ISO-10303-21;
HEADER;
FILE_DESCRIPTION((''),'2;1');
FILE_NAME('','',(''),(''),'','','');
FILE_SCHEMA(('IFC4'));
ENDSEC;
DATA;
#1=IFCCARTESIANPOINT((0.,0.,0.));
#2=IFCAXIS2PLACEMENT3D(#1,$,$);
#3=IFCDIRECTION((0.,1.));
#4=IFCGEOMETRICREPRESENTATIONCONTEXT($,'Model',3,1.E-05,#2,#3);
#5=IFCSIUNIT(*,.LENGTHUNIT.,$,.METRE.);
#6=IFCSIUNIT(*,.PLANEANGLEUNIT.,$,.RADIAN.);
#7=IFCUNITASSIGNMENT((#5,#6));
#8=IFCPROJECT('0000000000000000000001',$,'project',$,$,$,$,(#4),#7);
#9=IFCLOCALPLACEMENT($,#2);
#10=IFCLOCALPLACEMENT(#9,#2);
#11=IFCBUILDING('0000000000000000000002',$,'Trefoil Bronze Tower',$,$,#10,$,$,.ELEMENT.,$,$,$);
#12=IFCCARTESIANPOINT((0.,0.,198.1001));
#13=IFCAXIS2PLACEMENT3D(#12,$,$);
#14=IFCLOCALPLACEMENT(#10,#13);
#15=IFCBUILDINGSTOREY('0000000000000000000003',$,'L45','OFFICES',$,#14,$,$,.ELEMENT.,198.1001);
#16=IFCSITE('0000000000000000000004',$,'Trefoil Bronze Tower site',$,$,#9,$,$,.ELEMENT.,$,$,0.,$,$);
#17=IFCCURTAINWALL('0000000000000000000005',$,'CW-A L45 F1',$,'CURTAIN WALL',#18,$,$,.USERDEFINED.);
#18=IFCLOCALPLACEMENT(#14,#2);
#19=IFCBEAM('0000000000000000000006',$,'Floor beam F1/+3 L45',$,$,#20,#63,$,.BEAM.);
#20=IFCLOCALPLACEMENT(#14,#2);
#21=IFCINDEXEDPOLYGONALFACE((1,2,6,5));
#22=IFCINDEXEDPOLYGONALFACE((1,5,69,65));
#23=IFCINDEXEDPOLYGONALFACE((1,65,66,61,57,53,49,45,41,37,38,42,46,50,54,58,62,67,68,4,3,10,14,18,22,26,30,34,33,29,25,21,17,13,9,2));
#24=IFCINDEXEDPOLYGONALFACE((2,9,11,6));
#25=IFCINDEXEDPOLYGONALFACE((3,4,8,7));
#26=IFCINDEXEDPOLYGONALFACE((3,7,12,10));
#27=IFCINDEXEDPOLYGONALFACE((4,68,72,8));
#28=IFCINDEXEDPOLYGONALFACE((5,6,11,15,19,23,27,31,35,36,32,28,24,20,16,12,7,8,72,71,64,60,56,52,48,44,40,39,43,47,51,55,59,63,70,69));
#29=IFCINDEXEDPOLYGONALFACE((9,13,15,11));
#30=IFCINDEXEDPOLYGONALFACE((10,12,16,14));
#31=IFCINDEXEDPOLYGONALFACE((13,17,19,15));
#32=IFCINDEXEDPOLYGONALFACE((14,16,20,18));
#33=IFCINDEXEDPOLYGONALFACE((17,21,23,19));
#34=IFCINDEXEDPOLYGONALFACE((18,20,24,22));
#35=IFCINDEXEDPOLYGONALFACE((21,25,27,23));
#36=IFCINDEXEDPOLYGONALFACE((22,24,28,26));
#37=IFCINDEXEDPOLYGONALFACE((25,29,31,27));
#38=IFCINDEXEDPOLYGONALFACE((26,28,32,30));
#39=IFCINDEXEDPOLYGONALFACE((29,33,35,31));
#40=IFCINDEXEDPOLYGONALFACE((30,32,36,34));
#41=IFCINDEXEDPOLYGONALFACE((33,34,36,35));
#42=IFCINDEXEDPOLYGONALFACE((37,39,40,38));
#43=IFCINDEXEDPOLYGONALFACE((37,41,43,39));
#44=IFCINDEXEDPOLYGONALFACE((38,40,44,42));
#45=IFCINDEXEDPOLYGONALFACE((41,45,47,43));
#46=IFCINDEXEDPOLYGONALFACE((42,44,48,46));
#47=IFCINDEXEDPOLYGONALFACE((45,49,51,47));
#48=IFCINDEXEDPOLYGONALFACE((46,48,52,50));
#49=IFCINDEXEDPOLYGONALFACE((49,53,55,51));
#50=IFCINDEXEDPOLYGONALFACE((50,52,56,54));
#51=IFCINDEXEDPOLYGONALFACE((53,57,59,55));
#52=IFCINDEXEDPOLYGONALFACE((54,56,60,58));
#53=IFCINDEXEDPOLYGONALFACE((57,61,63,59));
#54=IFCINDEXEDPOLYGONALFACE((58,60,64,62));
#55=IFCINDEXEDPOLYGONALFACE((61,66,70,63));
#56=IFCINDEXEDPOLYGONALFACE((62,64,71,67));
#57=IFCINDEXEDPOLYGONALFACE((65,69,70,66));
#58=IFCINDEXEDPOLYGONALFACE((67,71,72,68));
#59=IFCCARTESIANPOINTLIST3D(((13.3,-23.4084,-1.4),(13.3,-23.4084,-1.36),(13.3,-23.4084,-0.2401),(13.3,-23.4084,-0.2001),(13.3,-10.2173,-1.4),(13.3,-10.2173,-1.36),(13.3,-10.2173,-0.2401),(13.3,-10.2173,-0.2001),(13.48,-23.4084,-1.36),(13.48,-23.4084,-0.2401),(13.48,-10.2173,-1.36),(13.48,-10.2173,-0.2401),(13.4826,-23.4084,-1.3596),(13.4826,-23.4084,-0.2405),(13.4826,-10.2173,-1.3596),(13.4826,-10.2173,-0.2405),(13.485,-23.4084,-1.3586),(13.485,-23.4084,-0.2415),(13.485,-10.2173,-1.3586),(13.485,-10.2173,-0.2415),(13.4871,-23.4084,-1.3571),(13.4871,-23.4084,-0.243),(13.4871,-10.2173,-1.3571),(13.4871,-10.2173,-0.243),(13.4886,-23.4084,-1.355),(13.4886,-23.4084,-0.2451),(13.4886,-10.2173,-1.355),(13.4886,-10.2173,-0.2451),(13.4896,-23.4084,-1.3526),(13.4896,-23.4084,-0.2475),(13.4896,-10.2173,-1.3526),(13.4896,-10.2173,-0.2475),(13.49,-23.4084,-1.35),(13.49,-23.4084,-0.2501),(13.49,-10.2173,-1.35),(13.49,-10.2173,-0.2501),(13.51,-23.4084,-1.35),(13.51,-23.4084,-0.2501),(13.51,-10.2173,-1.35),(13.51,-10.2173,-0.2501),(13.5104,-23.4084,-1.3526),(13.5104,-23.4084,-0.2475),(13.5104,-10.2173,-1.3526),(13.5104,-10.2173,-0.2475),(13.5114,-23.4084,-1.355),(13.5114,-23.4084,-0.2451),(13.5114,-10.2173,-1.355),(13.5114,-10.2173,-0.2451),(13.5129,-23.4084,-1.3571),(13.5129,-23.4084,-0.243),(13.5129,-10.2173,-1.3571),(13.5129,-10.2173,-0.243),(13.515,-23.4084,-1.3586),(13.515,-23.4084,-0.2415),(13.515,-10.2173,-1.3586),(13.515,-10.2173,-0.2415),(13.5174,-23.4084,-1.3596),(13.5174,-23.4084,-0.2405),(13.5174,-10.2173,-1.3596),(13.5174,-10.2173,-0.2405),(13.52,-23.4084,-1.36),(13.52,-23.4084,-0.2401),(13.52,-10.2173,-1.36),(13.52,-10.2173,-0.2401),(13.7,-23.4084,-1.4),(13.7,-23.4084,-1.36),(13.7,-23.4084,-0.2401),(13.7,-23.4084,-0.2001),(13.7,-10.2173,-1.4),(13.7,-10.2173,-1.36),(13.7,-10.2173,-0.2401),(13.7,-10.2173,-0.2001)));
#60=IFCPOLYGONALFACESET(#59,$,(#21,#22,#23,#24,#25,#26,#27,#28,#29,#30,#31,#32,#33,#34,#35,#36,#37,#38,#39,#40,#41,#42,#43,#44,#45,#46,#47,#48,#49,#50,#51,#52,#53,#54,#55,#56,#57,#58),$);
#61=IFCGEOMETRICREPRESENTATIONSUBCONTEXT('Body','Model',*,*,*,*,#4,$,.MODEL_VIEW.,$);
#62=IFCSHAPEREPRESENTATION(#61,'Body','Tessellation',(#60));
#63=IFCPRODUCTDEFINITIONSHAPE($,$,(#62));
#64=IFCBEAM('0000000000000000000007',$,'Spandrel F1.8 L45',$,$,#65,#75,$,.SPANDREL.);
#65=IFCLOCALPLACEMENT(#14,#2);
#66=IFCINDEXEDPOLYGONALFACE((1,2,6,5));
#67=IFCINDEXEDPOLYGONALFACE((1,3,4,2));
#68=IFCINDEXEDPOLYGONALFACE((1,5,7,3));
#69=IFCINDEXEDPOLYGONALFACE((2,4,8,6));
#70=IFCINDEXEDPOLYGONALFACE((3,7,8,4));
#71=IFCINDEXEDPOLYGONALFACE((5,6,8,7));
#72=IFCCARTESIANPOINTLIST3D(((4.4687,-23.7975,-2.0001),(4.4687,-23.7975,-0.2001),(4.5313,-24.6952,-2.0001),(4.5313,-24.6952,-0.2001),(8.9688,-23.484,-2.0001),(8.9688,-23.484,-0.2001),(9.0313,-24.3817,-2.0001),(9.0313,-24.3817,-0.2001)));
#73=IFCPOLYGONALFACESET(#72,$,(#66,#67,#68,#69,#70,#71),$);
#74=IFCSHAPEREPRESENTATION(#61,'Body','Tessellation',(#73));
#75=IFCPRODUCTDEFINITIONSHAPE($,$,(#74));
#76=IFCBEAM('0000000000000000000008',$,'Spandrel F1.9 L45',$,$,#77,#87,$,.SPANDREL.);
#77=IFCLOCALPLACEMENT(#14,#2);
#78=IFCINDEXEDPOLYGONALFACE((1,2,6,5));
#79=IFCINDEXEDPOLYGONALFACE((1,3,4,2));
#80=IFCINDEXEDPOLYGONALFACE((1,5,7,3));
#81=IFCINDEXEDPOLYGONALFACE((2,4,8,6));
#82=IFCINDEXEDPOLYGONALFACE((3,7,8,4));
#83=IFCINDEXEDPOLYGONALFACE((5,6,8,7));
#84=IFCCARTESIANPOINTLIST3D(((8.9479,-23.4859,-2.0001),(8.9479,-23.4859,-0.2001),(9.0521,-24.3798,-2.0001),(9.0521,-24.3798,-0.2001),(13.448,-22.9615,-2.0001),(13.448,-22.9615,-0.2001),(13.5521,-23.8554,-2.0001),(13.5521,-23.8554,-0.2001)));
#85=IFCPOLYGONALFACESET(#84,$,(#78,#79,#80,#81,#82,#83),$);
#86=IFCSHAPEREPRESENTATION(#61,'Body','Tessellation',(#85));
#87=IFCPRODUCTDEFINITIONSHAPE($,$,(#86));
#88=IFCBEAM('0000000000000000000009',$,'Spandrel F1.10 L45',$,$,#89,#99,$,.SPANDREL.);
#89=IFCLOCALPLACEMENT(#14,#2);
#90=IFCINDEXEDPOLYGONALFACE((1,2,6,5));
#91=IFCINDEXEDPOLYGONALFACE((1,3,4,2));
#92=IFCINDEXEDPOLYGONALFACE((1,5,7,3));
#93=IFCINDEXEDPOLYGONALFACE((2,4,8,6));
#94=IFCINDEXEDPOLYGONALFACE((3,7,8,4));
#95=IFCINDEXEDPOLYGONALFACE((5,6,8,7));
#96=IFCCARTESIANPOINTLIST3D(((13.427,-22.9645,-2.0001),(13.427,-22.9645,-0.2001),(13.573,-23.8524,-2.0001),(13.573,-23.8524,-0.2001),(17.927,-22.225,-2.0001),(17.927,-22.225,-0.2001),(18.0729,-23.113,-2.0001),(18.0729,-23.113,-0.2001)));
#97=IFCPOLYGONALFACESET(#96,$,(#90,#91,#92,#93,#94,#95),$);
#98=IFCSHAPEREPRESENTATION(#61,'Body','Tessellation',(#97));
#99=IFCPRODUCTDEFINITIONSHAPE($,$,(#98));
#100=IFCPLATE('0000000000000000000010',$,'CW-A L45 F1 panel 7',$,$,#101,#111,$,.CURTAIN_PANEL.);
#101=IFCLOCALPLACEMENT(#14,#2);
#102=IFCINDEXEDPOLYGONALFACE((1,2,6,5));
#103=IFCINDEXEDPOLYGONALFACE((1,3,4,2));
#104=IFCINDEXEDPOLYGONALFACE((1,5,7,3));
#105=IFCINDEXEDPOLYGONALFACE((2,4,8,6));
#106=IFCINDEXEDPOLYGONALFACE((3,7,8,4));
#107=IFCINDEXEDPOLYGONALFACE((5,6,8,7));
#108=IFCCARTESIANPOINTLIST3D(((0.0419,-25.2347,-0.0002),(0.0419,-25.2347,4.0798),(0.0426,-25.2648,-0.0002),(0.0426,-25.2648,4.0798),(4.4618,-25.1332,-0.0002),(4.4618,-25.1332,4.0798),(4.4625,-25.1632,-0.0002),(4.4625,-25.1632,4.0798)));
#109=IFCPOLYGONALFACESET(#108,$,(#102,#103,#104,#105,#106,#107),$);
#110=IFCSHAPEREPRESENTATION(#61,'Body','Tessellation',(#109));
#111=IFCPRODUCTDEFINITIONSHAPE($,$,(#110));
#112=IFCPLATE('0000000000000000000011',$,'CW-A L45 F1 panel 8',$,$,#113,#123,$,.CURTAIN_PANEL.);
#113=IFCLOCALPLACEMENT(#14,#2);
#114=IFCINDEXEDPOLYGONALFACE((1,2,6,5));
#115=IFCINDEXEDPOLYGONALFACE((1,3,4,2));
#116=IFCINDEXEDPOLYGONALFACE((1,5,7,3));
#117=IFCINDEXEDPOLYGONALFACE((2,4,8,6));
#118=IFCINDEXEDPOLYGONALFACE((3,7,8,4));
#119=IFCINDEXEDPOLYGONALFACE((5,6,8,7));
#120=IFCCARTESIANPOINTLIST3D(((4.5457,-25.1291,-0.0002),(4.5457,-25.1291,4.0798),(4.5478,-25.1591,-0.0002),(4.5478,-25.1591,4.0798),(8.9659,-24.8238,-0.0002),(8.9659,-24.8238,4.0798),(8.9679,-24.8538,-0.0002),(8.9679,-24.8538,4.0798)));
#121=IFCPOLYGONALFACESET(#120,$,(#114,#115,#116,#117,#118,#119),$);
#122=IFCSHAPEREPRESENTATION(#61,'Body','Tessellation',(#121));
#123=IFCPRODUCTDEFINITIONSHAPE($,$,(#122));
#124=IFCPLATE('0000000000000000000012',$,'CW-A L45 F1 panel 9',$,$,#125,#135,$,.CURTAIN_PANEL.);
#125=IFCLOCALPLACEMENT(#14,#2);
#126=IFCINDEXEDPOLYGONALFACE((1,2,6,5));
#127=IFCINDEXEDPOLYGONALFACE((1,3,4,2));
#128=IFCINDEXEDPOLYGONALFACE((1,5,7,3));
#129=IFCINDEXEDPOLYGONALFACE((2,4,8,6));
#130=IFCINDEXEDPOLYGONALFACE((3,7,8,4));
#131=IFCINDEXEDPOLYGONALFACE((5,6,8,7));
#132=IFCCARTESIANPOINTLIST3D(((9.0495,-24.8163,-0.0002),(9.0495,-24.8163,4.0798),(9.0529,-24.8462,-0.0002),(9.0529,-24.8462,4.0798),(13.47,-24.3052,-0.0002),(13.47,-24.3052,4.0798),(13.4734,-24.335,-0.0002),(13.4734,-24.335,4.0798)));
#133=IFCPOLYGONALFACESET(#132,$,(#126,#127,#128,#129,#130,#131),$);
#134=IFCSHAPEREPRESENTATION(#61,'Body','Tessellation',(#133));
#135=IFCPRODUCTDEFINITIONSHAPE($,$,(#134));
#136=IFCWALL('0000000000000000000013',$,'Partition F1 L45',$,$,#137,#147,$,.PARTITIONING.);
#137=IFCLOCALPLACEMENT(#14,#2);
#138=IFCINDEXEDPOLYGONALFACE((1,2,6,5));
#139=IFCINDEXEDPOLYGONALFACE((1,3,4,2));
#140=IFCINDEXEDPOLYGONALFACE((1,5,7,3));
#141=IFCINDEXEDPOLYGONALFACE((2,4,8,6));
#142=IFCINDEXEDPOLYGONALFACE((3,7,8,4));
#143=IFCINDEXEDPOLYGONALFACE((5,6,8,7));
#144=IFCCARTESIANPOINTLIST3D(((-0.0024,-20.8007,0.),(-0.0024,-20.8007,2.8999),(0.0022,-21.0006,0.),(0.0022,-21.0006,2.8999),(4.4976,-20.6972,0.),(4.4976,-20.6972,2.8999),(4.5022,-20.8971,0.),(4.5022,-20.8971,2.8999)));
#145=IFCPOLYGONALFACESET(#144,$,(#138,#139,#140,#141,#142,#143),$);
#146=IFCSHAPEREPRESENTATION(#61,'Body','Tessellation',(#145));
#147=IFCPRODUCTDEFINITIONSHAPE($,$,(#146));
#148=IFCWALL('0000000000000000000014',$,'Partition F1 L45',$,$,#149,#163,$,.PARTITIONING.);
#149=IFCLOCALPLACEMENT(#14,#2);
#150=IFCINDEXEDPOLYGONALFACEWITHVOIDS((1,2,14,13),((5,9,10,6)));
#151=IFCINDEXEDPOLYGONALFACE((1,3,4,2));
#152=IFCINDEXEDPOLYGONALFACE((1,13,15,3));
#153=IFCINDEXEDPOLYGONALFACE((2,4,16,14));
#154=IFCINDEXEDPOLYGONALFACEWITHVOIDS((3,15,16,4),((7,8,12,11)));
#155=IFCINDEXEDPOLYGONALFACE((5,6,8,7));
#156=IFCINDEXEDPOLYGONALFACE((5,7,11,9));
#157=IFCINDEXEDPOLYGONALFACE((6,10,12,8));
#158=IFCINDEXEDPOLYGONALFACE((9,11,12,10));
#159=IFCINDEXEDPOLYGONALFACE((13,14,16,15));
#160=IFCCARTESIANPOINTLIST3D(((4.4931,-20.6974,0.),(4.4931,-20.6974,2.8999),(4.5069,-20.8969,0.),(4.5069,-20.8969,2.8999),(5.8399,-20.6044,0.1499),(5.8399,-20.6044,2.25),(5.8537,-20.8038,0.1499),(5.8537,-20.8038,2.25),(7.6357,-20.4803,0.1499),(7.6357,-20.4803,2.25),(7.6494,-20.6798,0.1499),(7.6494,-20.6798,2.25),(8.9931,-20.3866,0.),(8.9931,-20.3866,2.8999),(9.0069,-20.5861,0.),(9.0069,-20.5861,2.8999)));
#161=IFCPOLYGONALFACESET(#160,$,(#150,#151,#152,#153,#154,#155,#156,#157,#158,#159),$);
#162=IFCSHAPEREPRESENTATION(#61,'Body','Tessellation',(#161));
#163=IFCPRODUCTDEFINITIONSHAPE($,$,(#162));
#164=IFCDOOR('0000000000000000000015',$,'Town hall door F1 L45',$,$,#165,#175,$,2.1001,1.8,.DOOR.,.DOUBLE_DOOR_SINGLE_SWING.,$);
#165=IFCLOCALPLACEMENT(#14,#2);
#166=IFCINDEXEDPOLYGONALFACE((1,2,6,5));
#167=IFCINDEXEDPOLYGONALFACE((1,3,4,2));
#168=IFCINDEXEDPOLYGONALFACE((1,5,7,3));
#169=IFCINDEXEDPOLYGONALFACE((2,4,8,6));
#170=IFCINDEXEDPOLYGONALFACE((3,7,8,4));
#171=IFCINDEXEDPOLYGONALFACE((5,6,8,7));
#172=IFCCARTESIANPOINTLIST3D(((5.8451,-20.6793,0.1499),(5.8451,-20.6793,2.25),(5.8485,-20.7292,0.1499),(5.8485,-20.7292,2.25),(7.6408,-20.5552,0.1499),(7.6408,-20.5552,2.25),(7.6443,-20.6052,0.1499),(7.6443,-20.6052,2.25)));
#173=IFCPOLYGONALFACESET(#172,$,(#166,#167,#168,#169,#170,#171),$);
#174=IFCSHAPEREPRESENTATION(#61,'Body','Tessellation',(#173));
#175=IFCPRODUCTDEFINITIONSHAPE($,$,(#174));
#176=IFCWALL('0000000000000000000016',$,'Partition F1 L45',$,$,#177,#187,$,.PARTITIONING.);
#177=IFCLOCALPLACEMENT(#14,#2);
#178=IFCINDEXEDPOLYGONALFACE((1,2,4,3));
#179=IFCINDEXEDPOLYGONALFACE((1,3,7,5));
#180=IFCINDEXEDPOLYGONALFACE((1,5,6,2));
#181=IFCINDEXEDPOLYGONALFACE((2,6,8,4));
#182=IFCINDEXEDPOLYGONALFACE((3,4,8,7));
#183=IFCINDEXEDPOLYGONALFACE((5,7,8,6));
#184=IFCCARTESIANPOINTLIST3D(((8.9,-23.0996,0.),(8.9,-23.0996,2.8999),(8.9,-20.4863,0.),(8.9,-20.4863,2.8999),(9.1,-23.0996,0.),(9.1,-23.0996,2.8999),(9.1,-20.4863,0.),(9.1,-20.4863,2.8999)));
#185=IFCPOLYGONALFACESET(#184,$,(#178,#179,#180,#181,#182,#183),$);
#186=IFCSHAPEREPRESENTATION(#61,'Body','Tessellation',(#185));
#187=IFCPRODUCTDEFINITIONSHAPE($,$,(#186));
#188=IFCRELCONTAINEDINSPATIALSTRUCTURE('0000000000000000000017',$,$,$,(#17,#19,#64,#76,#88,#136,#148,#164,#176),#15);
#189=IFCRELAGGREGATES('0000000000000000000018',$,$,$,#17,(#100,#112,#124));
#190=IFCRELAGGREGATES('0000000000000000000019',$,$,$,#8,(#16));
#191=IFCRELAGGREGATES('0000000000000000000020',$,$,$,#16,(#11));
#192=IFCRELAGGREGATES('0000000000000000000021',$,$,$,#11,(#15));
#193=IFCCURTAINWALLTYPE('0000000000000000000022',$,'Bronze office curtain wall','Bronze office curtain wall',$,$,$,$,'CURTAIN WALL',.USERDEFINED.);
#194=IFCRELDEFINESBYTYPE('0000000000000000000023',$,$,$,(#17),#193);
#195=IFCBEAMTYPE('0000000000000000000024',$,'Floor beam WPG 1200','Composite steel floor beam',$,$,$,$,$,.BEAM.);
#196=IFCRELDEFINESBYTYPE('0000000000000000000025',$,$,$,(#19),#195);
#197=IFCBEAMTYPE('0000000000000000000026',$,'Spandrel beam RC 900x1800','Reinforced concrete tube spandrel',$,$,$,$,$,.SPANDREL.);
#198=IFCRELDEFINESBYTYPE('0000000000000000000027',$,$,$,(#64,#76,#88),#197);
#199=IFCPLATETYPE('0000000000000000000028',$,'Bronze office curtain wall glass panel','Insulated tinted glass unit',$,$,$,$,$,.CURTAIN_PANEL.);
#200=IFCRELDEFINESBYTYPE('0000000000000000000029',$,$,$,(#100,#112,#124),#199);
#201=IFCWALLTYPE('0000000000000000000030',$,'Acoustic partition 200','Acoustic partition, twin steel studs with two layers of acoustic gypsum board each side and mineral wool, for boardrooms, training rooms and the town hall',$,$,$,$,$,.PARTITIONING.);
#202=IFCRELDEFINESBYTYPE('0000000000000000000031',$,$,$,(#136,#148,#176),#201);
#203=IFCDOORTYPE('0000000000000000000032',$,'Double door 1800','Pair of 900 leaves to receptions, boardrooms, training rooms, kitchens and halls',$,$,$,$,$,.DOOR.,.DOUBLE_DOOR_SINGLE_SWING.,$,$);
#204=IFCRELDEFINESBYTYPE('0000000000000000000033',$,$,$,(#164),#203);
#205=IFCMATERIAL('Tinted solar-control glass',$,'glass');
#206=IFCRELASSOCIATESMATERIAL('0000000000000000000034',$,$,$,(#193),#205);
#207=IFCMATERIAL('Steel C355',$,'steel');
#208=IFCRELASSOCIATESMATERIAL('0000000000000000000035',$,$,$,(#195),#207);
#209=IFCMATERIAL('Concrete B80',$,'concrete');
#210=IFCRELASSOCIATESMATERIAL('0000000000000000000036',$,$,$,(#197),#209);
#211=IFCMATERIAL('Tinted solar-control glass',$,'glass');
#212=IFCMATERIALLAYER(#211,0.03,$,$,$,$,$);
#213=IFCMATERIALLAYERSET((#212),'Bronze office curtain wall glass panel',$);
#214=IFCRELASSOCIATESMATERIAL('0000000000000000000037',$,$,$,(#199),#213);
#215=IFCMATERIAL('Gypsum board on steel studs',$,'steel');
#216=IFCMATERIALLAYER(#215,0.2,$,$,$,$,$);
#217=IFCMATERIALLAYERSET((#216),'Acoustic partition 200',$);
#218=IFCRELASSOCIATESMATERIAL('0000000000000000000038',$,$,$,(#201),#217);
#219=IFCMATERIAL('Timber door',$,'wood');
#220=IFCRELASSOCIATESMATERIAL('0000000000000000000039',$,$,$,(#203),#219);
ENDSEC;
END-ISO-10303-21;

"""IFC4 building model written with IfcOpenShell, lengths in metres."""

from ifc_helpers import new_model, si_unit, direction, frame, frame_2d, origin, origin_2d, place, context, subcontext, project, spatial, rectangle, i_section, extrude, material, layer, layer_set, material_profile, profile_set, type_object, element, fill, aggregate, save


model = new_model("IFC4")

# Units and contexts
model_context = context("Model", 3, precision=1e-05, world=origin(), true_north=direction((0.0, 1.0)))
body_context = subcontext(model_context, "Body", "Model", "MODEL_VIEW")
ifc_project = project(units=[si_unit("LENGTHUNIT", "METRE"), si_unit("PLANEANGLEUNIT", "RADIAN")], contexts=[model_context])

# Site, building, storey
site_placement = place(None, origin())
site = spatial("IfcSite", under=ifc_project, at=site_placement, Name="Trefoil Bronze Tower site", CompositionType="ELEMENT", RefElevation=0.0)
building_placement = place(site_placement, origin())
building = spatial("IfcBuilding", under=site, at=building_placement, Name="Trefoil Bronze Tower", CompositionType="ELEMENT")
storey_placement = place(building_placement, frame((0.0, 0.0, 198.1001)))
storey = spatial("IfcBuildingStorey", under=building, at=storey_placement, Name="L45", Description="OFFICES", CompositionType="ELEMENT", Elevation=198.1001)

# Curtain wall
ifc_material_1 = material(Name="Tinted solar-control glass", Category="glass")
curtain_wall_type = type_object("IfcCurtainWallType", Name="Bronze office curtain wall", Description="Bronze office curtain wall", ElementType="CURTAIN WALL", PredefinedType="USERDEFINED", material=ifc_material_1)
curtain_wall_placement = place(storey_placement, origin())
curtain_wall = element("IfcCurtainWall", 1, at=curtain_wall_placement, inside=storey, type_object=curtain_wall_type, Name="CW-A L45 F1", ObjectType="CURTAIN WALL", PredefinedType="USERDEFINED")

# Beams
ifc_material_2 = material(Name="Steel C355", Category="steel")
ifc_material_profile_1 = material_profile(ifc_material_2, i_section(OverallWidth=0.3999, OverallDepth=1.2, WebThickness=0.02, FlangeThickness=0.04, FilletRadius=0.01, at=origin_2d()), Name="WPG 1200")
ifc_profile_set_1 = profile_set([ifc_material_profile_1], Name="Steel C355")
beam_type_1 = type_object("IfcBeamType", Name="Floor beam WPG 1200", Description="Composite steel floor beam", PredefinedType="BEAM", material=ifc_profile_set_1)
beam_1_placement = place(storey_placement, frame((13.5, -23.4084, -0.8), z_axis=(0.0, 1.0, 0.0), x_axis=(-1.0, 0.0, 0.0)))
element("IfcBeam", 2, at=beam_1_placement, inside=storey, type_object=beam_type_1, Name="Floor beam F1/+3 L45", PredefinedType="BEAM", context=body_context, shape_type="SweptSolid", body=[
    extrude(i_section(OverallWidth=0.3999, OverallDepth=1.2, WebThickness=0.02, FlangeThickness=0.04, FilletRadius=0.01, at=origin_2d()), origin(), (0.0, 0.0, 1.0), 13.1912),
])
ifc_material_3 = material(Name="Concrete B80", Category="concrete")
ifc_material_profile_2 = material_profile(ifc_material_3, rectangle(XDim=0.8999, YDim=1.8, at=origin_2d()), Name="RC 900x1800")
ifc_profile_set_2 = profile_set([ifc_material_profile_2], Name="Concrete B80")
beam_type_2 = type_object("IfcBeamType", Name="Spandrel beam RC 900x1800", Description="Reinforced concrete tube spandrel", PredefinedType="SPANDREL", material=ifc_profile_set_2)
beam_2_placement = place(storey_placement, frame((4.5, -24.2463, -1.1001), z_axis=(0.997582, 0.069493, 0.0), x_axis=(-0.069493, 0.997582, 0.0)))
element("IfcBeam", 3, at=beam_2_placement, inside=storey, type_object=beam_type_2, Name="Spandrel F1.8 L45", PredefinedType="SPANDREL", context=body_context, shape_type="SweptSolid", body=[
    extrude(rectangle(XDim=0.8999, YDim=1.8, at=origin_2d()), origin(), (0.0, 0.0, 1.0), 4.511),
])
beam_3_placement = place(storey_placement, frame((9.0, -23.9329, -1.1001), z_axis=(0.993278, 0.115753, 0.0), x_axis=(-0.115753, 0.993278, 0.0)))
element("IfcBeam", 4, at=beam_3_placement, inside=storey, type_object=beam_type_2, Name="Spandrel F1.9 L45", PredefinedType="SPANDREL", context=body_context, shape_type="SweptSolid", body=[
    extrude(rectangle(XDim=0.8999, YDim=1.8, at=origin_2d()), origin(), (0.0, 0.0, 1.0), 4.5305),
])
beam_4_placement = place(storey_placement, frame((13.5, -23.4084, -1.1001), z_axis=(0.986765, 0.162159, 0.0), x_axis=(-0.162159, 0.986765, 0.0)))
element("IfcBeam", 5, at=beam_4_placement, inside=storey, type_object=beam_type_2, Name="Spandrel F1.10 L45", PredefinedType="SPANDREL", context=body_context, shape_type="SweptSolid", body=[
    extrude(rectangle(XDim=0.8999, YDim=1.8, at=origin_2d()), origin(), (0.0, 0.0, 1.0), 4.5603),
])

# Plates
ifc_material_4 = material(Name="Tinted solar-control glass", Category="glass")
ifc_layer_1 = layer(ifc_material_4, 0.03)
ifc_layer_set_1 = layer_set([ifc_layer_1], Name="Bronze office curtain wall glass panel")
plate_type = type_object("IfcPlateType", Name="Bronze office curtain wall glass panel", Description="Insulated tinted glass unit", PredefinedType="CURTAIN_PANEL", material=ifc_layer_set_1)
plate_1_placement = place(storey_placement, frame((2.2522, -25.199, -0.0002), z_axis=(0.0, 0.0, 1.0), x_axis=(0.999736, 0.022972, 0.0)))
plate_1 = element("IfcPlate", 6, at=plate_1_placement, type_object=plate_type, Name="CW-A L45 F1 panel 7", PredefinedType="CURTAIN_PANEL", context=body_context, shape_type="SweptSolid", body=[
    extrude(rectangle(XDim=4.4211, YDim=0.03, at=origin_2d()), origin(), (0.0, 0.0, 1.0), 4.0801),
])
plate_2_placement = place(storey_placement, frame((6.7568, -24.9915, -0.0002), z_axis=(0.0, 0.0, 1.0), x_axis=(0.997623, 0.068915, 0.0)))
plate_2 = element("IfcPlate", 7, at=plate_2_placement, type_object=plate_type, Name="CW-A L45 F1 panel 8", PredefinedType="CURTAIN_PANEL", context=body_context, shape_type="SweptSolid", body=[
    extrude(rectangle(XDim=4.4307, YDim=0.03, at=origin_2d()), origin(), (0.0, 0.0, 1.0), 4.0801),
])
plate_3_placement = place(storey_placement, frame((11.2615, -24.5757, -0.0002), z_axis=(0.0, 0.0, 1.0), x_axis=(0.993382, 0.114859, 0.0)))
plate_3 = element("IfcPlate", 8, at=plate_3_placement, type_object=plate_type, Name="CW-A L45 F1 panel 9", PredefinedType="CURTAIN_PANEL", context=body_context, shape_type="SweptSolid", body=[
    extrude(rectangle(XDim=4.45, YDim=0.03, at=origin_2d()), origin(), (0.0, 0.0, 1.0), 4.0801),
])
aggregate(curtain_wall, [plate_1, plate_2, plate_3])

# Wall
ifc_material_5 = material(Name="Gypsum board on steel studs", Category="steel")
ifc_layer_2 = layer(ifc_material_5, 0.2)
ifc_layer_set_2 = layer_set([ifc_layer_2], Name="Acoustic partition 200")
wall_type_1 = type_object("IfcWallType", Name="Acoustic partition 200", Description="Acoustic partition, twin steel studs with two layers of acoustic gypsum board each side and mineral wool, for boardrooms, training rooms and the town hall", PredefinedType="PARTITIONING", material=ifc_layer_set_2)
wall_1_placement = place(storey_placement, frame((0.0, -20.9006, 0.0), z_axis=(0.0, 0.0, 1.0), x_axis=(0.999736, 0.022997, 0.0)))
element("IfcWall", 9, at=wall_1_placement, inside=storey, type_object=wall_type_1, Name="Partition F1 L45", PredefinedType="PARTITIONING", context=body_context, shape_type="SweptSolid", body=[
    extrude(rectangle(XDim=4.5012, YDim=0.2, at=frame_2d((2.2505, 0.0))), origin(), (0.0, 0.0, 1.0), 2.8999),
])

# Wall, opening, door
wall_2_placement = place(storey_placement, frame((4.5, -20.7971, 0.0), z_axis=(0.0, 0.0, 1.0), x_axis=(0.997624, 0.068901, 0.0)))
wall_2 = element("IfcWall", 10, at=wall_2_placement, inside=storey, type_object=wall_type_1, Name="Partition F1 L45", PredefinedType="PARTITIONING", context=body_context, shape_type="SweptSolid", body=[
    extrude(rectangle(XDim=4.5107, YDim=0.2, at=frame_2d((2.2554, 0.0))), origin(), (0.0, 0.0, 1.0), 2.8999),
])
opening_placement = place(wall_2_placement, frame((1.3501, 0.0, 0.1499)))
opening = element("IfcOpeningElement", 11, at=opening_placement, cuts=wall_2, PredefinedType="OPENING", context=body_context, shape_type="SweptSolid", body=[
    extrude(rectangle(XDim=1.8, YDim=2.1001, at=frame_2d((0.8999, 1.05))), frame((0.0, 0.1099, 0.0), z_axis=(0.0, -1.0, 0.0), x_axis=(1.0, 0.0, 0.0)), (0.0, 0.0, 1.0), 0.22),
])
ifc_material_6 = material(Name="Timber door", Category="wood")
door_type = type_object("IfcDoorType", Name="Double door 1800", Description="Pair of 900 leaves to receptions, boardrooms, training rooms, kitchens and halls", OperationType="DOUBLE_DOOR_SINGLE_SWING", PredefinedType="DOOR", material=ifc_material_6)
door_placement = place(opening_placement, origin())
door = element("IfcDoor", 12, at=door_placement, inside=storey, type_object=door_type, Name="Town hall door F1 L45", OperationType="DOUBLE_DOOR_SINGLE_SWING", OverallHeight=2.1001, OverallWidth=1.8, PredefinedType="DOOR", context=body_context, shape_type="SweptSolid", body=[
    extrude(rectangle(XDim=1.8, YDim=2.1001, at=frame_2d((0.8999, 1.05))), frame((0.0, 0.0249, 0.0), z_axis=(0.0, -1.0, 0.0), x_axis=(1.0, 0.0, 0.0)), (0.0, 0.0, 1.0), 0.05),
])
fill(opening, door)

# Wall
wall_3_placement = place(storey_placement, frame((9.0, -20.4863, 0.0), z_axis=(0.0, 0.0, 1.0), x_axis=(0.0, -1.0, 0.0)))
element("IfcWall", 13, at=wall_3_placement, inside=storey, type_object=wall_type_1, Name="Partition F1 L45", PredefinedType="PARTITIONING", context=body_context, shape_type="SweptSolid", body=[
    extrude(rectangle(XDim=2.6133, YDim=0.2, at=frame_2d((1.3066, 0.0))), origin(), (0.0, 0.0, 1.0), 2.8999),
])

save(model, "model.ifc")
